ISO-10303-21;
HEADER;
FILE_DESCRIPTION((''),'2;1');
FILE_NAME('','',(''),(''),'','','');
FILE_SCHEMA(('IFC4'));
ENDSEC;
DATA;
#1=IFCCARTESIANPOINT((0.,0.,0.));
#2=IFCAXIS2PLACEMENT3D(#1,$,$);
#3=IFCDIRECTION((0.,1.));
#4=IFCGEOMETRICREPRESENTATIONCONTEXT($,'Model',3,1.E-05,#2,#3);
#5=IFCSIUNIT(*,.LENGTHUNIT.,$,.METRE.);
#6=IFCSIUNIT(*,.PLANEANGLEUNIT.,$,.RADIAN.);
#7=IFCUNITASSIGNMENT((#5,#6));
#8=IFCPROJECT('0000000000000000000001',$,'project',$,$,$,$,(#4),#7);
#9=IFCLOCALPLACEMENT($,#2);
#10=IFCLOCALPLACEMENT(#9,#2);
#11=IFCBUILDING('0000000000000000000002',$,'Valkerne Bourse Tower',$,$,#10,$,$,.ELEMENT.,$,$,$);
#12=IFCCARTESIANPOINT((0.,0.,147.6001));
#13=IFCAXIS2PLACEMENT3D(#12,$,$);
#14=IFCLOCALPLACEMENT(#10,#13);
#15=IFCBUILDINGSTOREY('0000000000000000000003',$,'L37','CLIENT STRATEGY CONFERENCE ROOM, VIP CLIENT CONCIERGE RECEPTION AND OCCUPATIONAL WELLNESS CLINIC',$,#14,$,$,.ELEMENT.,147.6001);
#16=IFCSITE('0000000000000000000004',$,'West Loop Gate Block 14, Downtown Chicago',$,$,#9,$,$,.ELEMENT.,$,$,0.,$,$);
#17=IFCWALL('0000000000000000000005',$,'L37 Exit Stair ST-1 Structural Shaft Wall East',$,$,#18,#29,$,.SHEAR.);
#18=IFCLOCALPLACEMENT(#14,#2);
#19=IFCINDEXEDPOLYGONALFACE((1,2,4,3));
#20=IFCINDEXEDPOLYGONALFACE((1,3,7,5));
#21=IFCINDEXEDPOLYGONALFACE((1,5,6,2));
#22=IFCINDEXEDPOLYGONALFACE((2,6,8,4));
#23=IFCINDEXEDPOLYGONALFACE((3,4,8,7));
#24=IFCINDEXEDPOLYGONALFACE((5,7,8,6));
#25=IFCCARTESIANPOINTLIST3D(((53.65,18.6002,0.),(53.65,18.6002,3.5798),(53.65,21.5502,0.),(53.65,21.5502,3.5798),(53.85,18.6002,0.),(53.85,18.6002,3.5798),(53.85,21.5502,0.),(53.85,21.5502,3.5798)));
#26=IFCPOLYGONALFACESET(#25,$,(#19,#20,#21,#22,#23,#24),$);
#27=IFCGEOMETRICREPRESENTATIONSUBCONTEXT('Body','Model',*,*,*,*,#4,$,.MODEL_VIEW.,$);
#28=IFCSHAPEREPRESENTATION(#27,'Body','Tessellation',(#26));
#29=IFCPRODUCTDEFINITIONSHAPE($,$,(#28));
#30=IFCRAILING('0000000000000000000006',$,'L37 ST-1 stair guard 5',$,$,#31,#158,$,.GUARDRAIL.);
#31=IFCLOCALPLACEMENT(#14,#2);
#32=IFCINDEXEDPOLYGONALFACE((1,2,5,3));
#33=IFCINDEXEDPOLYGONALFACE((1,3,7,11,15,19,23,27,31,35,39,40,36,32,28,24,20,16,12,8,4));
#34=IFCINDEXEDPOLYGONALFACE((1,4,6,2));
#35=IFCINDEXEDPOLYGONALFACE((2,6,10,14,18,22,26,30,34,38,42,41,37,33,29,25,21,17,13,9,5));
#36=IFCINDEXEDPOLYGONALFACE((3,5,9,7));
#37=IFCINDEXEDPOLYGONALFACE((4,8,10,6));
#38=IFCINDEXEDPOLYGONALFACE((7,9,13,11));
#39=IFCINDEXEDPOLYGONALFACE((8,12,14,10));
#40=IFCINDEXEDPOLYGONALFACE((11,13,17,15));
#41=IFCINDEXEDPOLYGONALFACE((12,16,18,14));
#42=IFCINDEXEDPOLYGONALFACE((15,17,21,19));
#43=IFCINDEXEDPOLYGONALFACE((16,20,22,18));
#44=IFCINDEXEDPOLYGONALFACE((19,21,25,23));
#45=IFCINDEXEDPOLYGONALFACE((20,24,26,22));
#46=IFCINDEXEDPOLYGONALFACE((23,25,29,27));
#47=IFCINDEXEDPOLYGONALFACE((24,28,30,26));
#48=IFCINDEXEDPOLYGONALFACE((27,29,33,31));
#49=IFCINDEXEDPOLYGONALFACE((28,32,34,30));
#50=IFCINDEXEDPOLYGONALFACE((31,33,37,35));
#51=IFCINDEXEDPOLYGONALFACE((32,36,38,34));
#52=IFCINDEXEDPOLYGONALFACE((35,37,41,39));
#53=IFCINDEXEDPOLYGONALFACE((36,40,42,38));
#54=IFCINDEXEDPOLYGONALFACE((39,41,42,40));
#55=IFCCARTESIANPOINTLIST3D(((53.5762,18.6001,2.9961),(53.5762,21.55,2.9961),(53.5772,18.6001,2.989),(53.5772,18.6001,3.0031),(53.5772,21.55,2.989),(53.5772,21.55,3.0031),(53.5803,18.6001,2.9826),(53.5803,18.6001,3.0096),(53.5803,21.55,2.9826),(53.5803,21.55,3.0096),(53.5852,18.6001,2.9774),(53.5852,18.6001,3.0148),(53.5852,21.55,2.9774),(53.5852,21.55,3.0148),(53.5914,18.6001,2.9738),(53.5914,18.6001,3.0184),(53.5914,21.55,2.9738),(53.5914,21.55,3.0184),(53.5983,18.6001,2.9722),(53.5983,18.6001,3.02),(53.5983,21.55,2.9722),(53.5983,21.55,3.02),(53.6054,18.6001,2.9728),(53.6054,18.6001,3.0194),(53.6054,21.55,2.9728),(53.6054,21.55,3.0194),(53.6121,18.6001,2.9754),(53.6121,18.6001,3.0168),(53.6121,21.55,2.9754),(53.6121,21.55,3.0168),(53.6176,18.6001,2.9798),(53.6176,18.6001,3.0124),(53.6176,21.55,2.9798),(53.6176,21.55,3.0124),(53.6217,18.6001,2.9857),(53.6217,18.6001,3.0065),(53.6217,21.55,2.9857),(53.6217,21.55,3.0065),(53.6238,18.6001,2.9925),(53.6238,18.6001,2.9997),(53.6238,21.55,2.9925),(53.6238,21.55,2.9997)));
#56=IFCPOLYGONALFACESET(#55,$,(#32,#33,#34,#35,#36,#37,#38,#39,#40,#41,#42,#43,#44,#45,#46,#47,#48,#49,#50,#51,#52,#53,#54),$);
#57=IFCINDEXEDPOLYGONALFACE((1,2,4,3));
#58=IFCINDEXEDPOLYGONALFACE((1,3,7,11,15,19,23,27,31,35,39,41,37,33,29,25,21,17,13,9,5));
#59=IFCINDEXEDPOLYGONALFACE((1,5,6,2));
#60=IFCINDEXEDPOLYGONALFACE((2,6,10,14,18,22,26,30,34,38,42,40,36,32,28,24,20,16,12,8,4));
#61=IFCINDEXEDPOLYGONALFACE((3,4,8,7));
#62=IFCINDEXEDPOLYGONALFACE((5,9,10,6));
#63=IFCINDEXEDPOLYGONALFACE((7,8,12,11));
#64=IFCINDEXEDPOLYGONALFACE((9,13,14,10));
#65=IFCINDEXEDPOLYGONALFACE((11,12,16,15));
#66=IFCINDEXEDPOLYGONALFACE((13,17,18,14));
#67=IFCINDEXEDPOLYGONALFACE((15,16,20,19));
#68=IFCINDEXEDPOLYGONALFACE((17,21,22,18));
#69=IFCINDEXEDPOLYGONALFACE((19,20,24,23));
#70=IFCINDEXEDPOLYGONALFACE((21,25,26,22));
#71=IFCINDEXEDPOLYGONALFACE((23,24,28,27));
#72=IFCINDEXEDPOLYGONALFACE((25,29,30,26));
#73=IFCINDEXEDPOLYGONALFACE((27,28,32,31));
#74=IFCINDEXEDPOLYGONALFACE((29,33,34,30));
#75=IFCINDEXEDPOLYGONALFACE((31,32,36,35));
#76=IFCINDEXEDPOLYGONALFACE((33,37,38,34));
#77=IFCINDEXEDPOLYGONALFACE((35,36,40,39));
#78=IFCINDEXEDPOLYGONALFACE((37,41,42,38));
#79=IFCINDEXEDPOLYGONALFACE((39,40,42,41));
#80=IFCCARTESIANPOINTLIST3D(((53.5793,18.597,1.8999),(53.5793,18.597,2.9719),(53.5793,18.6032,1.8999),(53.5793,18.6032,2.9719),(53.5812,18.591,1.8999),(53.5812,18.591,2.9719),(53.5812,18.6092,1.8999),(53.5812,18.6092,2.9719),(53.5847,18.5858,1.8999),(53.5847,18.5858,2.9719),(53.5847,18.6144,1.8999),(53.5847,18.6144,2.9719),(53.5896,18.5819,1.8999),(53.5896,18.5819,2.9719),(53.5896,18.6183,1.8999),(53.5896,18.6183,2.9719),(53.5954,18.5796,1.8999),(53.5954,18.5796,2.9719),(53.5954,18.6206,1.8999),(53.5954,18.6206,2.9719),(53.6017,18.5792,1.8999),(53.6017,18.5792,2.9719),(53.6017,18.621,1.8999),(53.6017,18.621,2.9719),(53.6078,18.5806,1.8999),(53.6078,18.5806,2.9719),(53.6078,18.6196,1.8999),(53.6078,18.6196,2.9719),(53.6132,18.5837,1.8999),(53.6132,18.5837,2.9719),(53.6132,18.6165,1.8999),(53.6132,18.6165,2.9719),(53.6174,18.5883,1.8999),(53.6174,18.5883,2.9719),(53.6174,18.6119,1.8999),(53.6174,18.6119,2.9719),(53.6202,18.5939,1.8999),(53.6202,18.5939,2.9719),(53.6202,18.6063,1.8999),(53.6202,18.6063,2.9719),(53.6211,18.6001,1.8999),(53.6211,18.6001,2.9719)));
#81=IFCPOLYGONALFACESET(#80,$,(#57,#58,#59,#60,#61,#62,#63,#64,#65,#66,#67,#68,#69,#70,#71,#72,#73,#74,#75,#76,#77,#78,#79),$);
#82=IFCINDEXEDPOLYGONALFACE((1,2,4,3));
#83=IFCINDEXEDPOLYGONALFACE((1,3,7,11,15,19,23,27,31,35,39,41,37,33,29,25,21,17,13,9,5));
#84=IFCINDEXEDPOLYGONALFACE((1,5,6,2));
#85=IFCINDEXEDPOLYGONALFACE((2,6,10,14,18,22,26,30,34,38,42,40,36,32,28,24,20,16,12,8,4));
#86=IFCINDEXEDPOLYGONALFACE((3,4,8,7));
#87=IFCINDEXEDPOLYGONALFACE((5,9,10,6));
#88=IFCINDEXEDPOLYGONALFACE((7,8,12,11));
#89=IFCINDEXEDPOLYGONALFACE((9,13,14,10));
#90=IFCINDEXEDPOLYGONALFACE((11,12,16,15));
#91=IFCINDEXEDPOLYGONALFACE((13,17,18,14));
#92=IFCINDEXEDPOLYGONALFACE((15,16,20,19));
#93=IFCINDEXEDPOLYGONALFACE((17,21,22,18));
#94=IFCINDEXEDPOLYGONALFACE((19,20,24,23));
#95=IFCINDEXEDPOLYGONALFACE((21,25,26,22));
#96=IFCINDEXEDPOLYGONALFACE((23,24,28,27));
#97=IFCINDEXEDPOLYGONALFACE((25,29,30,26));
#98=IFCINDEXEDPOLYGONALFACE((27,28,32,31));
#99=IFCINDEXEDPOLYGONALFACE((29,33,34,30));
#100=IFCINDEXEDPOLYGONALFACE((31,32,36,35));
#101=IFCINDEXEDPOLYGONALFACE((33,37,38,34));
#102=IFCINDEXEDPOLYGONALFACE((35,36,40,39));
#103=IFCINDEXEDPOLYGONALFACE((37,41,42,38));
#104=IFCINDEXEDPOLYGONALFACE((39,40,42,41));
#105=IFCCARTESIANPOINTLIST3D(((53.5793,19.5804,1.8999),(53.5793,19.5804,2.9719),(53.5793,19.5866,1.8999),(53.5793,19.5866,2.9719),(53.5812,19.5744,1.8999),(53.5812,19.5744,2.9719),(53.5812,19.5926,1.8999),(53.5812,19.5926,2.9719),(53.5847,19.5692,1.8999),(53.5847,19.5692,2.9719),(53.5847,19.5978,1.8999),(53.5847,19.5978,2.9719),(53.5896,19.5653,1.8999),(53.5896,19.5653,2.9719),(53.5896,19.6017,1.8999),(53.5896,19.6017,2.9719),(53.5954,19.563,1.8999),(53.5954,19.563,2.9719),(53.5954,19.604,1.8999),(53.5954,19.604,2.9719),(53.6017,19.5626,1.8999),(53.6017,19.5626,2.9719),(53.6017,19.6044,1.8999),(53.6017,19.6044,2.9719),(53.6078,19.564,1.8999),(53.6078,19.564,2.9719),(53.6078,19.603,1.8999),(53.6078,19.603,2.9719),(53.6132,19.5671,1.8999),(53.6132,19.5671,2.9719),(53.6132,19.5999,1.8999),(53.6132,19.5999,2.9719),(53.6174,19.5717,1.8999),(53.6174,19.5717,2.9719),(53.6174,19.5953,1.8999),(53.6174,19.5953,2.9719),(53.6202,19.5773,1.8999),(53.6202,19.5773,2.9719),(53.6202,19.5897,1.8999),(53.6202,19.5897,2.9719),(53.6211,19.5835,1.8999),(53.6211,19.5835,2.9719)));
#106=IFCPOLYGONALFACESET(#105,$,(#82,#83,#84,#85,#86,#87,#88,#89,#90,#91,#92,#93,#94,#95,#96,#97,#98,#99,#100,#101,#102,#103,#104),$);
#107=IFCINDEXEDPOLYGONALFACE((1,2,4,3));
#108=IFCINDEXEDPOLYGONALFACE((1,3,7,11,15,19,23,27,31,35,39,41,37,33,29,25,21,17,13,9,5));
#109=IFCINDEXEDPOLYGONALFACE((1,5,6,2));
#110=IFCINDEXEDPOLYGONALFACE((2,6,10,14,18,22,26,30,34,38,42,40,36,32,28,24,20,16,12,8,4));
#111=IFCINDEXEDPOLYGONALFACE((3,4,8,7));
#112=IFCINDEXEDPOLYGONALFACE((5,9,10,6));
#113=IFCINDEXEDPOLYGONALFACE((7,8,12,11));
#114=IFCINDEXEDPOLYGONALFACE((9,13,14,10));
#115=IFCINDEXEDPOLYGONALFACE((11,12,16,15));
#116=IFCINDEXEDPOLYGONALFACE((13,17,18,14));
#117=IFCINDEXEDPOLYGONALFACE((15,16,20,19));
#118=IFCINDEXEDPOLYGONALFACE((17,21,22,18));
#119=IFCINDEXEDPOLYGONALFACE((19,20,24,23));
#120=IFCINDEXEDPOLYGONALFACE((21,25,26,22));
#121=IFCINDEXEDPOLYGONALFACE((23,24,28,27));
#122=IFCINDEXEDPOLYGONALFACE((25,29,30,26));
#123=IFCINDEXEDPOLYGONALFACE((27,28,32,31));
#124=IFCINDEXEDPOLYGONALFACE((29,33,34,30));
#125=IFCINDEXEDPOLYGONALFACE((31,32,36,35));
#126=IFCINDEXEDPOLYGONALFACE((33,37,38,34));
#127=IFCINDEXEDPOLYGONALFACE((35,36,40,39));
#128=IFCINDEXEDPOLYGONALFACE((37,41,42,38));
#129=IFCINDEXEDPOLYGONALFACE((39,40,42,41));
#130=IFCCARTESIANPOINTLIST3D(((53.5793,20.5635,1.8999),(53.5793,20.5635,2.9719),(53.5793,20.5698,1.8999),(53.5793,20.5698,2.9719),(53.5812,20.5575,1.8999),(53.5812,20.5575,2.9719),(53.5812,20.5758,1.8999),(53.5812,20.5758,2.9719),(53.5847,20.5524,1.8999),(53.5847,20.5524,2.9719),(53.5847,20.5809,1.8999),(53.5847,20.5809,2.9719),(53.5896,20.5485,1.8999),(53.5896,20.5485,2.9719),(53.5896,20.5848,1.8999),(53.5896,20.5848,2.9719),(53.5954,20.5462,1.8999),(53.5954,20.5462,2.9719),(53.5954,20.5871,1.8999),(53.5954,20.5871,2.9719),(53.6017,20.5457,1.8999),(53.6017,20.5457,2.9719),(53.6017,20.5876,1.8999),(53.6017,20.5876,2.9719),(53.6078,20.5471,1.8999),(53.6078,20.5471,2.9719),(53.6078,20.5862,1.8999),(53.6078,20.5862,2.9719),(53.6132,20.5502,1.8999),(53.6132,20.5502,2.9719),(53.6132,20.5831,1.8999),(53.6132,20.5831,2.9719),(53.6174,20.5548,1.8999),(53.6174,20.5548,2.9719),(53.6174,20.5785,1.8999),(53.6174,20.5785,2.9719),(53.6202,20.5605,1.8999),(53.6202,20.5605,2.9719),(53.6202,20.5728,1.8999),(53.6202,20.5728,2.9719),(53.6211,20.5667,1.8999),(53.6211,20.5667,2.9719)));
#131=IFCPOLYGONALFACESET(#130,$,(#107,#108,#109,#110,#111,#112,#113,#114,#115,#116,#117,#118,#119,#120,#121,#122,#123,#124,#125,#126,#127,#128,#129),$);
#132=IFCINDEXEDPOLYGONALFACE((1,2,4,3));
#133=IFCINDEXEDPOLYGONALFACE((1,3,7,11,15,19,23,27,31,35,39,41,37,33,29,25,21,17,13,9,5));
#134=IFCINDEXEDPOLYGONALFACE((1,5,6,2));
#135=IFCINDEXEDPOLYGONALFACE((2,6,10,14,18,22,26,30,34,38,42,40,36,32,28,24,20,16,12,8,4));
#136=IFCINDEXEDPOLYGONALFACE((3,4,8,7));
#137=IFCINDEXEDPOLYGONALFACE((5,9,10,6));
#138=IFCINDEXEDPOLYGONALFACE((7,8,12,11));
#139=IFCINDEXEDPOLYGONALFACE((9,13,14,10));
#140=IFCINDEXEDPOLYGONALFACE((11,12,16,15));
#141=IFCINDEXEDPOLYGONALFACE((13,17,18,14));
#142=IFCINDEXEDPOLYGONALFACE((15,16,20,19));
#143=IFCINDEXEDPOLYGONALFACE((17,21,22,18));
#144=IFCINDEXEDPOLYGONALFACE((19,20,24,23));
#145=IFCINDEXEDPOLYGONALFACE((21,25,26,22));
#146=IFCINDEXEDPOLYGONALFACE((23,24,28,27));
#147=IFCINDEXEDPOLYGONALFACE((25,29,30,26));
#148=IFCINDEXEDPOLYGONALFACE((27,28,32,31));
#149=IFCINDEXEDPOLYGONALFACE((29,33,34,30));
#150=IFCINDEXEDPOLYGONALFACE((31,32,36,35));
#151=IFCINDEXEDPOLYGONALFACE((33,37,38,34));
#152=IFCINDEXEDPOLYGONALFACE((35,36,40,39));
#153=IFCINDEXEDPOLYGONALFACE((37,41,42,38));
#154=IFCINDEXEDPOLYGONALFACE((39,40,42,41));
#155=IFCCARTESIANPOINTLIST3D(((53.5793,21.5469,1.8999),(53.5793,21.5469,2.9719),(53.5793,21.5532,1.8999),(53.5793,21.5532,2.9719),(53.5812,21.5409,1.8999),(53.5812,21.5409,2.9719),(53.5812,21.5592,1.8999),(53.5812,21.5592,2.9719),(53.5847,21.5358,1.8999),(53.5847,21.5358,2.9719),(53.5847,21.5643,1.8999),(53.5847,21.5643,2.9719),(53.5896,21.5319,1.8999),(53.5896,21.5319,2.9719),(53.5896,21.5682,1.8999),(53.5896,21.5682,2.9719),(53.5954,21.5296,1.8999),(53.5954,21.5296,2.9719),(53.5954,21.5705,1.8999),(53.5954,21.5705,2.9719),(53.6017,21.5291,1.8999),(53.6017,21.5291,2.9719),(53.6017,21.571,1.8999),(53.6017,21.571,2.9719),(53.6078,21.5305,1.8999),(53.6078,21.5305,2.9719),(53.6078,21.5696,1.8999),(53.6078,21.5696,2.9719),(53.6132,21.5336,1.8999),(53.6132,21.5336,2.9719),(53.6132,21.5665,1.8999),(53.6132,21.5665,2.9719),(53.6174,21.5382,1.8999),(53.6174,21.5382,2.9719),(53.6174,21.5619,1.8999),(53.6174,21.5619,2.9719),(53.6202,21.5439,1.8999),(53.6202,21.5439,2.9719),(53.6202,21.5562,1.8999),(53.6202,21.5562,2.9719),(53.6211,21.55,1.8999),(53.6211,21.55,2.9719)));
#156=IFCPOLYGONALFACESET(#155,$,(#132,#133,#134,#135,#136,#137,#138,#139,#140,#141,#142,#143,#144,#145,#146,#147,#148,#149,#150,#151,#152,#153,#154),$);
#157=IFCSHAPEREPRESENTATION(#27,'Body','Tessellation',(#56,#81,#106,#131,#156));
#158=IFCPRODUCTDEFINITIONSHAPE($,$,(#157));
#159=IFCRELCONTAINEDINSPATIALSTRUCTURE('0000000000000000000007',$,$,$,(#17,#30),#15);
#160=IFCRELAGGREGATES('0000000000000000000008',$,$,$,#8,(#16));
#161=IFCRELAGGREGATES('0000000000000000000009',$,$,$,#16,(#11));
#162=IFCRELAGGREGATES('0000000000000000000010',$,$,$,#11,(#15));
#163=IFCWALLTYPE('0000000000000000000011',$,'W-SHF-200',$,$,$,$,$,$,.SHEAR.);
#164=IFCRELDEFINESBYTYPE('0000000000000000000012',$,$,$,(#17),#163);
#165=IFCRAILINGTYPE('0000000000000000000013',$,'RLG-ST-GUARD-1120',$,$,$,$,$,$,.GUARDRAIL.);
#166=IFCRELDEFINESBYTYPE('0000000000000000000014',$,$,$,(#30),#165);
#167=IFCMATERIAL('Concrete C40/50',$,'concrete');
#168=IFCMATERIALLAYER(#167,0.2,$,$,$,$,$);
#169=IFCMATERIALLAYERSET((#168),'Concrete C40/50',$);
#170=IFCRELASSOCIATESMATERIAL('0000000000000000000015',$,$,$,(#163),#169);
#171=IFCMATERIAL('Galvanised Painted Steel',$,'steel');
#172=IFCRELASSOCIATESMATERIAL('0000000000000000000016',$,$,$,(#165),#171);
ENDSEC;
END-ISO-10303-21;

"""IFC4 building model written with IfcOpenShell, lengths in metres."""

from ifc_helpers import new_model, si_unit, direction, frame, frame_2d, origin, origin_2d, place, context, subcontext, project, spatial, rectangle, circle, extrude, material, layer, layer_set, type_object, element, save


model = new_model("IFC4")

# Units and contexts
model_context = context("Model", 3, precision=1e-05, world=origin(), true_north=direction((0.0, 1.0)))
body_context = subcontext(model_context, "Body", "Model", "MODEL_VIEW")
ifc_project = project(units=[si_unit("LENGTHUNIT", "METRE"), si_unit("PLANEANGLEUNIT", "RADIAN")], contexts=[model_context])

# Site, building, storey
site_placement = place(None, origin())
site = spatial("IfcSite", under=ifc_project, at=site_placement, Name="West Loop Gate Block 14, Downtown Chicago", CompositionType="ELEMENT", RefElevation=0.0)
building_placement = place(site_placement, origin())
building = spatial("IfcBuilding", under=site, at=building_placement, Name="Valkerne Bourse Tower", CompositionType="ELEMENT")
storey_placement = place(building_placement, frame((0.0, 0.0, 147.6001)))
storey = spatial("IfcBuildingStorey", under=building, at=storey_placement, Name="L37", Description="CLIENT STRATEGY CONFERENCE ROOM, VIP CLIENT CONCIERGE RECEPTION AND OCCUPATIONAL WELLNESS CLINIC", CompositionType="ELEMENT", Elevation=147.6001)

# Wall
ifc_material_1 = material(Name="Concrete C40/50", Category="concrete")
ifc_layer_1 = layer(ifc_material_1, 0.2)
ifc_layer_set_1 = layer_set([ifc_layer_1], Name="Concrete C40/50")
wall_type_1 = type_object("IfcWallType", Name="W-SHF-200", PredefinedType="SHEAR", material=ifc_layer_set_1)
wall_1_placement = place(storey_placement, frame((53.75, 18.6001, 0.0), z_axis=(0.0, 0.0, 1.0), x_axis=(0.0, 1.0, 0.0)))
element("IfcWall", 1, at=wall_1_placement, inside=storey, type_object=wall_type_1, Name="L37 Exit Stair ST-1 Structural Shaft Wall East", PredefinedType="SHEAR", context=body_context, shape_type="SweptSolid", body=[
    extrude(rectangle(XDim=2.95, YDim=0.2, at=frame_2d((1.4751, 0.0))), origin(), (0.0, 0.0, 1.0), 3.5798),
])

# Railing
ifc_material_2 = material(Name="Galvanised Painted Steel", Category="steel")
railing_type = type_object("IfcRailingType", Name="RLG-ST-GUARD-1120", PredefinedType="GUARDRAIL", material=ifc_material_2)
railing_1_placement = place(storey_placement, frame((53.6001, 18.6001, 1.8999)))
element("IfcRailing", 2, at=railing_1_placement, inside=storey, type_object=railing_type, Name="L37 ST-1 stair guard 5", PredefinedType="GUARDRAIL", context=body_context, shape_type="SweptSolid", body=[
    extrude(circle(Radius=0.0239, at=origin_2d()), frame((0.0, 0.0, 1.0962), z_axis=(0.0, 1.0, 0.0), x_axis=(-1.0, 0.0, 0.0)), (0.0, 0.0, 1.0), 2.95),
    extrude(circle(Radius=0.021, at=origin_2d()), origin(), (0.0, 0.0, 1.0), 1.072),
    extrude(circle(Radius=0.021, at=origin_2d()), frame((0.0, 0.9834, 0.0)), (0.0, 0.0, 1.0), 1.072),
    extrude(circle(Radius=0.021, at=origin_2d()), frame((0.0, 1.9666, 0.0)), (0.0, 0.0, 1.0), 1.072),
    extrude(circle(Radius=0.021, at=origin_2d()), frame((0.0, 2.95, 0.0)), (0.0, 0.0, 1.0), 1.072),
])

save(model, "model.ifc")
